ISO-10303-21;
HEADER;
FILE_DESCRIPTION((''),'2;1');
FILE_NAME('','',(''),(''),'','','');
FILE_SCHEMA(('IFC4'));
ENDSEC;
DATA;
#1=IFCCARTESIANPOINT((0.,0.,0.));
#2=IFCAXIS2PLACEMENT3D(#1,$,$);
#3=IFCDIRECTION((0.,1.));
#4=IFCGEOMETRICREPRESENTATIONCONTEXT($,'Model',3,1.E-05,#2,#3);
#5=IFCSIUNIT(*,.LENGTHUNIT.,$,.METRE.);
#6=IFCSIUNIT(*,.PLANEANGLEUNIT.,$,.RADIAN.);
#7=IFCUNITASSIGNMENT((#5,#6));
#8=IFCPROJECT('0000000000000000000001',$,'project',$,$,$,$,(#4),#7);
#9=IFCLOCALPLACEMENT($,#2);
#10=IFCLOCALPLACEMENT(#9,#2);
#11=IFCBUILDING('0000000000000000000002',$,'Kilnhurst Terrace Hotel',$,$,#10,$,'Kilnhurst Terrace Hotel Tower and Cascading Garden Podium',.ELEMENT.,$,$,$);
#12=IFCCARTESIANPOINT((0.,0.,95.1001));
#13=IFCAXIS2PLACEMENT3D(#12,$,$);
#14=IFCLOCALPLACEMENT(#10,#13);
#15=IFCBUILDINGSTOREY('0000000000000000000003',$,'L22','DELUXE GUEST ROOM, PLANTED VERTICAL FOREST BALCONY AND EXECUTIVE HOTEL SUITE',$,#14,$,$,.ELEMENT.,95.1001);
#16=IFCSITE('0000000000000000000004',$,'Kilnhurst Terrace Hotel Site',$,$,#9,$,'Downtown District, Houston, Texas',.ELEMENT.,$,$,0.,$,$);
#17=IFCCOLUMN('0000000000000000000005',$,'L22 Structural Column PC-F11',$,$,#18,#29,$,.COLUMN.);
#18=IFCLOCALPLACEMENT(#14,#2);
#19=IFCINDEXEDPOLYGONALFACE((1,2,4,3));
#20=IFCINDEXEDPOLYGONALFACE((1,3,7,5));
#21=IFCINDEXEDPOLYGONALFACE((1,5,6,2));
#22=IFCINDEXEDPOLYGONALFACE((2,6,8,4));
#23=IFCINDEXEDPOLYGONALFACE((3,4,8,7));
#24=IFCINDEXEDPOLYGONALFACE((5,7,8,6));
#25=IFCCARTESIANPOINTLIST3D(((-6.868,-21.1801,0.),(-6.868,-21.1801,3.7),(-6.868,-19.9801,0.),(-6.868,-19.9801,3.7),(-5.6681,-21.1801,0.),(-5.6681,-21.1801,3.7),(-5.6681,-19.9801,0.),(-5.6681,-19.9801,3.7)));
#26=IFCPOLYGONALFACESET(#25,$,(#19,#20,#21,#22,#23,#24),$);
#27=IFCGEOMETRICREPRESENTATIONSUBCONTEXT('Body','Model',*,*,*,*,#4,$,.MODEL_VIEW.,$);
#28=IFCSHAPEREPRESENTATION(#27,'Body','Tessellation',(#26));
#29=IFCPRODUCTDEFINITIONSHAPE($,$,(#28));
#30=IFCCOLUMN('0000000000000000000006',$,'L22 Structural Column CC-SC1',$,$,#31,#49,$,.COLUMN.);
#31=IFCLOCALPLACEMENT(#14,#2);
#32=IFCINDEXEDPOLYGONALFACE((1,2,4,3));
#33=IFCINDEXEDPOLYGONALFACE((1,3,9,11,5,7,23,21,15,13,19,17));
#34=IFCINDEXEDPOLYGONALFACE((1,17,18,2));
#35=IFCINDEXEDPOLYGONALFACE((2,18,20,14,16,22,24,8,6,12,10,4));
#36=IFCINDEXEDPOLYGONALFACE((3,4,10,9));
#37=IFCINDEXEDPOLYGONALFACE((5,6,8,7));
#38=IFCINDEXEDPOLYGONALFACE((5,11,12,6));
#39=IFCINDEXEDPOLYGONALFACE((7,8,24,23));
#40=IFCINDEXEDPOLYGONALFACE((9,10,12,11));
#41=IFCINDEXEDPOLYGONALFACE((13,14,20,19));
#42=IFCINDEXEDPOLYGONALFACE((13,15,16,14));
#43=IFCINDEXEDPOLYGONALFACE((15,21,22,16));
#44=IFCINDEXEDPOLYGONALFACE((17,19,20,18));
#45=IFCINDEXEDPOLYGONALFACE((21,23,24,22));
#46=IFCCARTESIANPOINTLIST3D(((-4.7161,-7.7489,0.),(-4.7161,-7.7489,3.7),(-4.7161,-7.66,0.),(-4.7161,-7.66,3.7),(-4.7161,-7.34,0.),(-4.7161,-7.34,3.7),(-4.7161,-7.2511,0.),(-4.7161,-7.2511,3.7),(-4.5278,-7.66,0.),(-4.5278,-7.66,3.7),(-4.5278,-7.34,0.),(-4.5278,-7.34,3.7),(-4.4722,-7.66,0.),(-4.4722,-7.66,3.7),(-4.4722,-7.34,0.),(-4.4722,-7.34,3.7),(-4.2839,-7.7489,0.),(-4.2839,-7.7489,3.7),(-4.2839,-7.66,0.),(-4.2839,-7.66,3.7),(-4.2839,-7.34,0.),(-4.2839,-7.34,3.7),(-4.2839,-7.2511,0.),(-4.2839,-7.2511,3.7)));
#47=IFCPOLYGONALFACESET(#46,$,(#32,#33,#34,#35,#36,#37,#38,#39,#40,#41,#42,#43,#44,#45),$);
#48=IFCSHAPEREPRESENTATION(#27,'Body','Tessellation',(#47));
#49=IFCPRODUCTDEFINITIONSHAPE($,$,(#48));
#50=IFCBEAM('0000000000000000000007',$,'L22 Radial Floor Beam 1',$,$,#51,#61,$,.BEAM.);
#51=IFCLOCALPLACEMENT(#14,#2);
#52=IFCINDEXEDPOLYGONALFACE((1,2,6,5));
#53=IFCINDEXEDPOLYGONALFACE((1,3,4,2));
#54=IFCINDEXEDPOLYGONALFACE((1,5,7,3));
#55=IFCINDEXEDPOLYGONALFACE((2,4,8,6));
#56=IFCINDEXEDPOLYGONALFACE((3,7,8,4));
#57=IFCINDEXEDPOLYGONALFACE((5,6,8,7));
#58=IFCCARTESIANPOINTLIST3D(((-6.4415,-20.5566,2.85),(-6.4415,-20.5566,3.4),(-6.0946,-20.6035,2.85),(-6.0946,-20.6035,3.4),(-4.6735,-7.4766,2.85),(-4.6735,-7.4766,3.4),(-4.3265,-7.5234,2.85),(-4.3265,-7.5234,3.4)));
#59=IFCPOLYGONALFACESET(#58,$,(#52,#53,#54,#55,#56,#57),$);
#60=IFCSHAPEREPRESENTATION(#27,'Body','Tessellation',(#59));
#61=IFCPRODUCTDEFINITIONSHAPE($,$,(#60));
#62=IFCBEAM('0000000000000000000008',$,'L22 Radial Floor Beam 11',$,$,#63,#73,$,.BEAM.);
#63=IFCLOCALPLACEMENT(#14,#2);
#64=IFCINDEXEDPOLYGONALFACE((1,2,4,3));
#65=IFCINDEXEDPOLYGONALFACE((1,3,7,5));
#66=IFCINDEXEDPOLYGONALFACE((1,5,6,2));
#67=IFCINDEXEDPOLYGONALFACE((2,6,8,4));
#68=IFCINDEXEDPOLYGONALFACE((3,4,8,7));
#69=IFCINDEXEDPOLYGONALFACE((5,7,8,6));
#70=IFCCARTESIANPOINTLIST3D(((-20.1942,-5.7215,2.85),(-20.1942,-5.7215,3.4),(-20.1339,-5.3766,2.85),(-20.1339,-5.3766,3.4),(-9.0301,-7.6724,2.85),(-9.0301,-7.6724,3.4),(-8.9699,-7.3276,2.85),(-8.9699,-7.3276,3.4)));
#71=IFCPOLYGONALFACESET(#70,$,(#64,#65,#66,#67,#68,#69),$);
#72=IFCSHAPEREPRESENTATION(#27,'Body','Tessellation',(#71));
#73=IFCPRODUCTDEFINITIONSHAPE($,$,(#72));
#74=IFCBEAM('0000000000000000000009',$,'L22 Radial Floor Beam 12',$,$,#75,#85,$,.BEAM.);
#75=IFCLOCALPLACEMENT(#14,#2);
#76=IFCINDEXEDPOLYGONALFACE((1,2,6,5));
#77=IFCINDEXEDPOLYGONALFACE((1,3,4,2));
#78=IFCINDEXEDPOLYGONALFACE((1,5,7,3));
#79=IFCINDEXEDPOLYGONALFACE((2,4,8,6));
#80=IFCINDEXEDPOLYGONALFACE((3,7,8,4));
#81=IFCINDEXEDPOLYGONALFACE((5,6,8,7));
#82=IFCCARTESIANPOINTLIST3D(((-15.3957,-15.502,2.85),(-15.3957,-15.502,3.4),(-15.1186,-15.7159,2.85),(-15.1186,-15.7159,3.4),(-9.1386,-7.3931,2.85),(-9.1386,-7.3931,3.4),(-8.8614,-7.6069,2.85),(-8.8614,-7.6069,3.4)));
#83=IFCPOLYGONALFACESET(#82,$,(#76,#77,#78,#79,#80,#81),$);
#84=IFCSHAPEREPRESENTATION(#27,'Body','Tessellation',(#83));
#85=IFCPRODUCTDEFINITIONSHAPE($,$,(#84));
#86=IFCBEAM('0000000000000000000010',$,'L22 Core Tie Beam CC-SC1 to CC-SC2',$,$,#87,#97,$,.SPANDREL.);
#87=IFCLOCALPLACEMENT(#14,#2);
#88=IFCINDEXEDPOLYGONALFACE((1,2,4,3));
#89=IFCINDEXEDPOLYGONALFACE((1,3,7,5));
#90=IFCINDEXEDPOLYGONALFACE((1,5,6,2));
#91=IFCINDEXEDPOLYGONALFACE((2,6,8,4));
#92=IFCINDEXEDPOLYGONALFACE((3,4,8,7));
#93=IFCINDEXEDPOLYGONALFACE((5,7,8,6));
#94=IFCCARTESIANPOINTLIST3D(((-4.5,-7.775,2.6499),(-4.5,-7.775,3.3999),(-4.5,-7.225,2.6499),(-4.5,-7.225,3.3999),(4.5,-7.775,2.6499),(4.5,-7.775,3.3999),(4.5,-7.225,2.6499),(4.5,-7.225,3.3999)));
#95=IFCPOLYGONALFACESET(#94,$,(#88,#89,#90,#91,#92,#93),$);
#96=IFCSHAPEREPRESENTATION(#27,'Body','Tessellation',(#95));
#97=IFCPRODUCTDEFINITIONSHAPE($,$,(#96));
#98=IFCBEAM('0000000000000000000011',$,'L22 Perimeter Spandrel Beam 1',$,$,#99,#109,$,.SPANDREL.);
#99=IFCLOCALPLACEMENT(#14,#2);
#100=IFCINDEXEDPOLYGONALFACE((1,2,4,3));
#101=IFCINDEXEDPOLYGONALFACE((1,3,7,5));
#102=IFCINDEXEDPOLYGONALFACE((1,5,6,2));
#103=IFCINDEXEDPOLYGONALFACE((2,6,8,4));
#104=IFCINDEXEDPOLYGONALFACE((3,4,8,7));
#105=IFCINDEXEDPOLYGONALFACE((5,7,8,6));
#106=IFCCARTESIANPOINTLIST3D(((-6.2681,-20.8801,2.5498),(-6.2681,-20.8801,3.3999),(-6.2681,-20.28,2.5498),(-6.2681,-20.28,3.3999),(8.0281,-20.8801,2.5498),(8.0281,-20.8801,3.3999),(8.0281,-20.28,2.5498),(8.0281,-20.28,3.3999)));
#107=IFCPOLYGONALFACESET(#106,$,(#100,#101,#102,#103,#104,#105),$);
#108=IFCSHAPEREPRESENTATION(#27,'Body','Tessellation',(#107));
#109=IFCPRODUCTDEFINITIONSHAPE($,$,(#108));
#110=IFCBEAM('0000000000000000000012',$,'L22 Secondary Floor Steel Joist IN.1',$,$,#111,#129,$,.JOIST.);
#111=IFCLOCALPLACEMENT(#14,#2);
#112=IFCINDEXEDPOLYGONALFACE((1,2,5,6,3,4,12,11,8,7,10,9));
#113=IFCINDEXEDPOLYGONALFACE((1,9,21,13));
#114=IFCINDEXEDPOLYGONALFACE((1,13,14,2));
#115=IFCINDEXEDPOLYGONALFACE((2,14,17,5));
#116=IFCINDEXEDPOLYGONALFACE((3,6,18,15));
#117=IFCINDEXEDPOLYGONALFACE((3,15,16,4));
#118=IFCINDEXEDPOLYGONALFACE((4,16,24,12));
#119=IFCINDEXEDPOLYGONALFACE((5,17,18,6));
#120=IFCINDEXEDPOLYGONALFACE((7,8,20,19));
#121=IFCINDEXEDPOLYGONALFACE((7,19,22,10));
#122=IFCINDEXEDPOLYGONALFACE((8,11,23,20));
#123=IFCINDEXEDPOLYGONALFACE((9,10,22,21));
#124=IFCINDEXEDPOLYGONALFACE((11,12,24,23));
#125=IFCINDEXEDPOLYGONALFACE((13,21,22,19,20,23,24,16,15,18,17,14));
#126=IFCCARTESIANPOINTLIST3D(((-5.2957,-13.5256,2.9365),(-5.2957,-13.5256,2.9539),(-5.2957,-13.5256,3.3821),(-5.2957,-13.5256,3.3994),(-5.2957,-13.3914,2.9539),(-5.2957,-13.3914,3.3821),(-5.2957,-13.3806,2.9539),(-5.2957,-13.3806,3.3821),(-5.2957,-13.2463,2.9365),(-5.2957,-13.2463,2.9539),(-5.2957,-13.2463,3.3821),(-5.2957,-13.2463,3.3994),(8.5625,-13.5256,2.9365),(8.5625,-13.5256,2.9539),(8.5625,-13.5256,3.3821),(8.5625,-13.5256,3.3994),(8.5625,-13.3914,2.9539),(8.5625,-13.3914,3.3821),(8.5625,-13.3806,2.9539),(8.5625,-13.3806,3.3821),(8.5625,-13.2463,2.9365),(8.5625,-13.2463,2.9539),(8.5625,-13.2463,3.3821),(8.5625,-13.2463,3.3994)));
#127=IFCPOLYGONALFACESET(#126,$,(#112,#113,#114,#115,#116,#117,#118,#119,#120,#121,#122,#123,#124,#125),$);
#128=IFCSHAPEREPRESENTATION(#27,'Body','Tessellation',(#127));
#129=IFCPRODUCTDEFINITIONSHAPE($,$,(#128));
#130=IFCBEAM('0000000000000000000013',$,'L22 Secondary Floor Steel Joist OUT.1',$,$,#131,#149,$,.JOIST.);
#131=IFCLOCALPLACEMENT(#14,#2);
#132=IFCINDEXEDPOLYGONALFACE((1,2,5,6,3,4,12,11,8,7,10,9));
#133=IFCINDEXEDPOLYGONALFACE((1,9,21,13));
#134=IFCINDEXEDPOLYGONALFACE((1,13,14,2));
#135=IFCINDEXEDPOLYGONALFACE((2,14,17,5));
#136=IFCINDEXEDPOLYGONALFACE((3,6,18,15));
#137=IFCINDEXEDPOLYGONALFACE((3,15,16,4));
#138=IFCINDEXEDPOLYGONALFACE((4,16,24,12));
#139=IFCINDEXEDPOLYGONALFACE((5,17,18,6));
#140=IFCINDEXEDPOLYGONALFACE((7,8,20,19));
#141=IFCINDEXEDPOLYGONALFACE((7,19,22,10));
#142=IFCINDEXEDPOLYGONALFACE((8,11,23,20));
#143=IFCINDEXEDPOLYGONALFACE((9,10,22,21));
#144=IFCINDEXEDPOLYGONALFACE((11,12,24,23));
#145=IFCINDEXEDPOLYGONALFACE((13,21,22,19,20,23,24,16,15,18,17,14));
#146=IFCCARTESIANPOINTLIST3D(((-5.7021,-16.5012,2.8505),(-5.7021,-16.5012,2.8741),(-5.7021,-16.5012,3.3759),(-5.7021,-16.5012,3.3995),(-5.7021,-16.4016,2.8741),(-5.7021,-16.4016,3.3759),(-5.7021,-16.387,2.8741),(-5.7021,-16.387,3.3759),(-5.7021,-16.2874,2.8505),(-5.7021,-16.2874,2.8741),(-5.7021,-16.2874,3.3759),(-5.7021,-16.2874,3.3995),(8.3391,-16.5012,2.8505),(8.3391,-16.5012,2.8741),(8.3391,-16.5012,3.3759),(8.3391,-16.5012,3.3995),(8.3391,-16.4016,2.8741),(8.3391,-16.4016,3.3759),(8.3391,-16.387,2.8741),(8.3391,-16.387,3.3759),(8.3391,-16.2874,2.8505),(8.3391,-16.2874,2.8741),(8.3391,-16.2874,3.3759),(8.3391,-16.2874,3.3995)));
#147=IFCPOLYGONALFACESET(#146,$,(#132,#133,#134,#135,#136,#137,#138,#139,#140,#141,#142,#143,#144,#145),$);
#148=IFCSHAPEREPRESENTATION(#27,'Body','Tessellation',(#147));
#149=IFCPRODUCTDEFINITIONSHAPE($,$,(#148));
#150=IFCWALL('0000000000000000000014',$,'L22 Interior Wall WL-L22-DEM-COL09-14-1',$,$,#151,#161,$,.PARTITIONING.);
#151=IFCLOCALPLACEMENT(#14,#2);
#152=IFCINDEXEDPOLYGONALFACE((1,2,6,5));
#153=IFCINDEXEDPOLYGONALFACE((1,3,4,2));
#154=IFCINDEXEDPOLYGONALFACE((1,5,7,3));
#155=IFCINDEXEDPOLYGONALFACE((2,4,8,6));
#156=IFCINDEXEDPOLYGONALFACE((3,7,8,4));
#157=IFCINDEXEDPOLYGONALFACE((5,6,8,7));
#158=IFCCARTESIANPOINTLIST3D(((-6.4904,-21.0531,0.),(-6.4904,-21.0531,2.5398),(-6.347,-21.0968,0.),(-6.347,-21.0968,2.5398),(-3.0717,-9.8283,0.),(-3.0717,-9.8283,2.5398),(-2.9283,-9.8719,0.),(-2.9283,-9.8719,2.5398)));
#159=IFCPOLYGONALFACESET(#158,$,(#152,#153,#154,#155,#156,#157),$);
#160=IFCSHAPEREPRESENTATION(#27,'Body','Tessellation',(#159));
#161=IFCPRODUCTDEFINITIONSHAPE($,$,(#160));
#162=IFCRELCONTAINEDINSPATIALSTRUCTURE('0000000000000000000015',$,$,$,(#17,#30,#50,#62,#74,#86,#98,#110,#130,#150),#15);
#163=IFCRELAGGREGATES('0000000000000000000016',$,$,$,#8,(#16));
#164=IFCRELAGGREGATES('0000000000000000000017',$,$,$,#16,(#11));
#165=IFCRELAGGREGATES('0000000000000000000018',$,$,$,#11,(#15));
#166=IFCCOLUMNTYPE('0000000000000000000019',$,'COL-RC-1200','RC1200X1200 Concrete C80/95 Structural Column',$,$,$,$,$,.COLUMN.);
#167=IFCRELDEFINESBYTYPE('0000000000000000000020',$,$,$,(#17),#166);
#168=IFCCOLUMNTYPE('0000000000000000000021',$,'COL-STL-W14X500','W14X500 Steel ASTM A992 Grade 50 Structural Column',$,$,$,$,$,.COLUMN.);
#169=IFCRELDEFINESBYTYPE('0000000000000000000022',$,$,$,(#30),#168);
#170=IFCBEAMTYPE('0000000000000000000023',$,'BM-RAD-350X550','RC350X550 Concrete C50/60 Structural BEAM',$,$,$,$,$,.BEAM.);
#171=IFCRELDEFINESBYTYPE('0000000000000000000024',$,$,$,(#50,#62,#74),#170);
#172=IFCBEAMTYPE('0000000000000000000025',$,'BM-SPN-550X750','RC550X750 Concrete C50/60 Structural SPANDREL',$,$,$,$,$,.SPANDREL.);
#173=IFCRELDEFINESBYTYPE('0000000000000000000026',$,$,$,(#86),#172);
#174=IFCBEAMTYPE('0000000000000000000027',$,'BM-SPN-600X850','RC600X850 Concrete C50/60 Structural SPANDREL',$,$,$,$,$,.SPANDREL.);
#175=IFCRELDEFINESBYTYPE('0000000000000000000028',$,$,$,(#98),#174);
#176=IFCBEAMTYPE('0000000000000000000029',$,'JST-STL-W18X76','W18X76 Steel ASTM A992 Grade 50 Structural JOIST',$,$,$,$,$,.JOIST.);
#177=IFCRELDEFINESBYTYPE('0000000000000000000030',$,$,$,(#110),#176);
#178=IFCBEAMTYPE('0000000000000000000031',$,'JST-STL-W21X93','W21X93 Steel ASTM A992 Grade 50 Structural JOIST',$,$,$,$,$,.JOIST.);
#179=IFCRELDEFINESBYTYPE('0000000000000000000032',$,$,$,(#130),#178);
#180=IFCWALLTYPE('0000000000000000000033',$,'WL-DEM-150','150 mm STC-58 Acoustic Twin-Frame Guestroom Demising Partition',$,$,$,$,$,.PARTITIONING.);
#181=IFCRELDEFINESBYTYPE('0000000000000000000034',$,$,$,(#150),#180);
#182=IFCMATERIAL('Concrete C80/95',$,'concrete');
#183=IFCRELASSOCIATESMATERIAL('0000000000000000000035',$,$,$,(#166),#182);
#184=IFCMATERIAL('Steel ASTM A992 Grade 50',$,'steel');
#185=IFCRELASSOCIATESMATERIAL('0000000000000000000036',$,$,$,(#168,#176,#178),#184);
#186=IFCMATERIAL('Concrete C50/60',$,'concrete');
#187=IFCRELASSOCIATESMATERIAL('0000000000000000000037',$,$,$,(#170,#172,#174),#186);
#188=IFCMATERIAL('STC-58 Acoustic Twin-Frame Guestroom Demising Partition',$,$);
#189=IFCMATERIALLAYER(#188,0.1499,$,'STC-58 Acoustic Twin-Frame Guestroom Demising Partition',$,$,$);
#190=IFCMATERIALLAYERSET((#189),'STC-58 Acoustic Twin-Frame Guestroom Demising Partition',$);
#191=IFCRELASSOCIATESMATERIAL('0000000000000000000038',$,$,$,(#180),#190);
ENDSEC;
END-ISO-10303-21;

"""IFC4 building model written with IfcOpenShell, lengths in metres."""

from ifc_helpers import new_model, si_unit, direction, frame, frame_2d, origin, origin_2d, place, context, subcontext, project, spatial, rectangle, i_section, extrude, material, layer, layer_set, material_profile, profile_set, type_object, element, save


model = new_model("IFC4")

# Units and contexts
model_context = context("Model", 3, precision=1e-05, world=origin(), true_north=direction((0.0, 1.0)))
body_context = subcontext(model_context, "Body", "Model", "MODEL_VIEW")
ifc_project = project(units=[si_unit("LENGTHUNIT", "METRE"), si_unit("PLANEANGLEUNIT", "RADIAN")], contexts=[model_context])

# Site, building, storey
site_placement = place(None, origin())
site = spatial("IfcSite", under=ifc_project, at=site_placement, Name="Kilnhurst Terrace Hotel Site", LongName="Downtown District, Houston, Texas", CompositionType="ELEMENT", RefElevation=0.0)
building_placement = place(site_placement, origin())
building = spatial("IfcBuilding", under=site, at=building_placement, Name="Kilnhurst Terrace Hotel", LongName="Kilnhurst Terrace Hotel Tower and Cascading Garden Podium", CompositionType="ELEMENT")
storey_placement = place(building_placement, frame((0.0, 0.0, 95.1001)))
storey = spatial("IfcBuildingStorey", under=building, at=storey_placement, Name="L22", Description="DELUXE GUEST ROOM, PLANTED VERTICAL FOREST BALCONY AND EXECUTIVE HOTEL SUITE", CompositionType="ELEMENT", Elevation=95.1001)

# Columns
ifc_material_1 = material(Name="Concrete C80/95", Category="concrete")
ifc_material_profile_1 = material_profile(ifc_material_1, rectangle(XDim=1.2, YDim=1.2, at=origin_2d()), Name="RC1200X1200")
ifc_profile_set_1 = profile_set([ifc_material_profile_1], Name="Concrete C80/95")
column_type_1 = type_object("IfcColumnType", Name="COL-RC-1200", Description="RC1200X1200 Concrete C80/95 Structural Column", PredefinedType="COLUMN", material=ifc_profile_set_1)
column_1_placement = place(storey_placement, frame((-6.2681, -20.5801, 0.0), z_axis=(0.0, 0.0, 1.0), x_axis=(1.0, 0.0, 0.0)))
element("IfcColumn", 1, at=column_1_placement, inside=storey, type_object=column_type_1, Name="L22 Structural Column PC-F11", PredefinedType="COLUMN", context=body_context, shape_type="SweptSolid", body=[
    extrude(rectangle(XDim=1.2, YDim=1.2, at=origin_2d()), origin(), (0.0, 0.0, 1.0), 3.7),
])
ifc_material_2 = material(Name="Steel ASTM A992 Grade 50", Category="steel")
ifc_material_profile_2 = material_profile(ifc_material_2, i_section(OverallWidth=0.4321, OverallDepth=0.4978, WebThickness=0.0557, FlangeThickness=0.0889, at=origin_2d()), Name="W14X500")
ifc_profile_set_2 = profile_set([ifc_material_profile_2], Name="Steel ASTM A992 Grade 50")
column_type_2 = type_object("IfcColumnType", Name="COL-STL-W14X500", Description="W14X500 Steel ASTM A992 Grade 50 Structural Column", PredefinedType="COLUMN", material=ifc_profile_set_2)
column_2_placement = place(storey_placement, frame((-4.5, -7.5, 0.0), z_axis=(0.0, 0.0, 1.0), x_axis=(1.0, 0.0, 0.0)))
element("IfcColumn", 2, at=column_2_placement, inside=storey, type_object=column_type_2, Name="L22 Structural Column CC-SC1", PredefinedType="COLUMN", context=body_context, shape_type="SweptSolid", body=[
    extrude(i_section(OverallWidth=0.4321, OverallDepth=0.4978, WebThickness=0.0557, FlangeThickness=0.0889, at=origin_2d()), origin(), (0.0, 0.0, 1.0), 3.7),
])

# Beams
ifc_material_3 = material(Name="Concrete C50/60", Category="concrete")
ifc_material_profile_3 = material_profile(ifc_material_3, rectangle(XDim=0.3501, YDim=0.55, at=origin_2d()), Name="RC350X550")
ifc_profile_set_3 = profile_set([ifc_material_profile_3], Name="Concrete C50/60")
beam_type_1 = type_object("IfcBeamType", Name="BM-RAD-350X550", Description="RC350X550 Concrete C50/60 Structural BEAM", PredefinedType="BEAM", material=ifc_profile_set_3)
beam_1_placement = place(storey_placement, frame((-4.5, -7.5, 3.125), z_axis=(-0.133954, -0.990988, 0.0), x_axis=(0.990988, -0.133954, 0.0)))
element("IfcBeam", 3, at=beam_1_placement, inside=storey, type_object=beam_type_1, Name="L22 Radial Floor Beam 1", PredefinedType="BEAM", context=body_context, shape_type="SweptSolid", body=[
    extrude(rectangle(XDim=0.3501, YDim=0.55, at=origin_2d()), origin(), (0.0, 0.0, 1.0), 13.199),
])
beam_2_placement = place(storey_placement, frame((-9.0, -7.5, 3.125), z_axis=(-0.985072, 0.172142, 0.0), x_axis=(-0.172142, -0.985072, 0.0)))
element("IfcBeam", 4, at=beam_2_placement, inside=storey, type_object=beam_type_1, Name="L22 Radial Floor Beam 11", PredefinedType="BEAM", context=body_context, shape_type="SweptSolid", body=[
    extrude(rectangle(XDim=0.3501, YDim=0.55, at=origin_2d()), origin(), (0.0, 0.0, 1.0), 11.3333),
])
beam_3_placement = place(storey_placement, frame((-9.0, -7.5, 3.125), z_axis=(-0.610905, -0.791704, 0.0), x_axis=(0.791704, -0.610905, 0.0)))
element("IfcBeam", 5, at=beam_3_placement, inside=storey, type_object=beam_type_1, Name="L22 Radial Floor Beam 12", PredefinedType="BEAM", context=body_context, shape_type="SweptSolid", body=[
    extrude(rectangle(XDim=0.3501, YDim=0.55, at=origin_2d()), origin(), (0.0, 0.0, 1.0), 10.2424),
])
ifc_material_profile_4 = material_profile(ifc_material_3, rectangle(XDim=0.55, YDim=0.75, at=origin_2d()), Name="RC550X750")
ifc_profile_set_4 = profile_set([ifc_material_profile_4], Name="Concrete C50/60")
beam_type_2 = type_object("IfcBeamType", Name="BM-SPN-550X750", Description="RC550X750 Concrete C50/60 Structural SPANDREL", PredefinedType="SPANDREL", material=ifc_profile_set_4)
beam_4_placement = place(storey_placement, frame((-4.5, -7.5, 3.0249), z_axis=(1.0, 0.0, 0.0), x_axis=(0.0, 1.0, 0.0)))
element("IfcBeam", 6, at=beam_4_placement, inside=storey, type_object=beam_type_2, Name="L22 Core Tie Beam CC-SC1 to CC-SC2", PredefinedType="SPANDREL", context=body_context, shape_type="SweptSolid", body=[
    extrude(rectangle(XDim=0.55, YDim=0.75, at=origin_2d()), origin(), (0.0, 0.0, 1.0), 9.0),
])
ifc_material_profile_5 = material_profile(ifc_material_3, rectangle(XDim=0.6001, YDim=0.8501, at=origin_2d()), Name="RC600X850")
ifc_profile_set_5 = profile_set([ifc_material_profile_5], Name="Concrete C50/60")
beam_type_3 = type_object("IfcBeamType", Name="BM-SPN-600X850", Description="RC600X850 Concrete C50/60 Structural SPANDREL", PredefinedType="SPANDREL", material=ifc_profile_set_5)
beam_5_placement = place(storey_placement, frame((-6.2681, -20.5801, 2.9749), z_axis=(1.0, 0.0, 0.0), x_axis=(0.0, 1.0, 0.0)))
element("IfcBeam", 7, at=beam_5_placement, inside=storey, type_object=beam_type_3, Name="L22 Perimeter Spandrel Beam 1", PredefinedType="SPANDREL", context=body_context, shape_type="SweptSolid", body=[
    extrude(rectangle(XDim=0.6001, YDim=0.8501, at=origin_2d()), origin(), (0.0, 0.0, 1.0), 14.2961),
])
ifc_material_profile_6 = material_profile(ifc_material_2, i_section(OverallWidth=0.2793, OverallDepth=0.4629, WebThickness=0.0107, FlangeThickness=0.0173, at=origin_2d()), Name="W18X76")
ifc_profile_set_6 = profile_set([ifc_material_profile_6], Name="Steel ASTM A992 Grade 50")
beam_type_4 = type_object("IfcBeamType", Name="JST-STL-W18X76", Description="W18X76 Steel ASTM A992 Grade 50 Structural JOIST", PredefinedType="JOIST", material=ifc_profile_set_6)
beam_6_placement = place(storey_placement, frame((-5.2957, -13.386, 3.168), z_axis=(1.0, 0.0, 0.0), x_axis=(0.0, 1.0, 0.0)))
element("IfcBeam", 8, at=beam_6_placement, inside=storey, type_object=beam_type_4, Name="L22 Secondary Floor Steel Joist IN.1", PredefinedType="JOIST", context=body_context, shape_type="SweptSolid", body=[
    extrude(i_section(OverallWidth=0.2793, OverallDepth=0.4629, WebThickness=0.0107, FlangeThickness=0.0173, at=origin_2d()), origin(), (0.0, 0.0, 1.0), 13.8582),
])
ifc_material_profile_7 = material_profile(ifc_material_2, i_section(OverallWidth=0.2139, OverallDepth=0.5491, WebThickness=0.0146, FlangeThickness=0.0237, at=origin_2d()), Name="W21X93")
ifc_profile_set_7 = profile_set([ifc_material_profile_7], Name="Steel ASTM A992 Grade 50")
beam_type_5 = type_object("IfcBeamType", Name="JST-STL-W21X93", Description="W21X93 Steel ASTM A992 Grade 50 Structural JOIST", PredefinedType="JOIST", material=ifc_profile_set_7)
beam_7_placement = place(storey_placement, frame((-5.7021, -16.3943, 3.125), z_axis=(1.0, 0.0, 0.0), x_axis=(0.0, 1.0, 0.0)))
element("IfcBeam", 9, at=beam_7_placement, inside=storey, type_object=beam_type_5, Name="L22 Secondary Floor Steel Joist OUT.1", PredefinedType="JOIST", context=body_context, shape_type="SweptSolid", body=[
    extrude(i_section(OverallWidth=0.2139, OverallDepth=0.5491, WebThickness=0.0146, FlangeThickness=0.0237, at=origin_2d()), origin(), (0.0, 0.0, 1.0), 14.0413),
])

# Wall
ifc_material_4 = material(Name="STC-58 Acoustic Twin-Frame Guestroom Demising Partition")
ifc_layer_1 = layer(ifc_material_4, 0.1499, Name="STC-58 Acoustic Twin-Frame Guestroom Demising Partition")
ifc_layer_set_1 = layer_set([ifc_layer_1], Name="STC-58 Acoustic Twin-Frame Guestroom Demising Partition")
wall_type_1 = type_object("IfcWallType", Name="WL-DEM-150", Description="150 mm STC-58 Acoustic Twin-Frame Guestroom Demising Partition", PredefinedType="PARTITIONING", material=ifc_layer_set_1)
wall_1_placement = place(storey_placement, frame((-3.0, -9.8501, 0.0), z_axis=(0.0, 0.0, 1.0), x_axis=(-0.291352, -0.956616, 0.0)))
element("IfcWall", 10, at=wall_1_placement, inside=storey, type_object=wall_type_1, Name="L22 Interior Wall WL-L22-DEM-COL09-14-1", PredefinedType="PARTITIONING", context=body_context, shape_type="SweptSolid", body=[
    extrude(rectangle(XDim=11.7339, YDim=0.1499, at=frame_2d((5.8669, 0.0))), origin(), (0.0, 0.0, 1.0), 2.5398),
])

save(model, "model.ifc")
